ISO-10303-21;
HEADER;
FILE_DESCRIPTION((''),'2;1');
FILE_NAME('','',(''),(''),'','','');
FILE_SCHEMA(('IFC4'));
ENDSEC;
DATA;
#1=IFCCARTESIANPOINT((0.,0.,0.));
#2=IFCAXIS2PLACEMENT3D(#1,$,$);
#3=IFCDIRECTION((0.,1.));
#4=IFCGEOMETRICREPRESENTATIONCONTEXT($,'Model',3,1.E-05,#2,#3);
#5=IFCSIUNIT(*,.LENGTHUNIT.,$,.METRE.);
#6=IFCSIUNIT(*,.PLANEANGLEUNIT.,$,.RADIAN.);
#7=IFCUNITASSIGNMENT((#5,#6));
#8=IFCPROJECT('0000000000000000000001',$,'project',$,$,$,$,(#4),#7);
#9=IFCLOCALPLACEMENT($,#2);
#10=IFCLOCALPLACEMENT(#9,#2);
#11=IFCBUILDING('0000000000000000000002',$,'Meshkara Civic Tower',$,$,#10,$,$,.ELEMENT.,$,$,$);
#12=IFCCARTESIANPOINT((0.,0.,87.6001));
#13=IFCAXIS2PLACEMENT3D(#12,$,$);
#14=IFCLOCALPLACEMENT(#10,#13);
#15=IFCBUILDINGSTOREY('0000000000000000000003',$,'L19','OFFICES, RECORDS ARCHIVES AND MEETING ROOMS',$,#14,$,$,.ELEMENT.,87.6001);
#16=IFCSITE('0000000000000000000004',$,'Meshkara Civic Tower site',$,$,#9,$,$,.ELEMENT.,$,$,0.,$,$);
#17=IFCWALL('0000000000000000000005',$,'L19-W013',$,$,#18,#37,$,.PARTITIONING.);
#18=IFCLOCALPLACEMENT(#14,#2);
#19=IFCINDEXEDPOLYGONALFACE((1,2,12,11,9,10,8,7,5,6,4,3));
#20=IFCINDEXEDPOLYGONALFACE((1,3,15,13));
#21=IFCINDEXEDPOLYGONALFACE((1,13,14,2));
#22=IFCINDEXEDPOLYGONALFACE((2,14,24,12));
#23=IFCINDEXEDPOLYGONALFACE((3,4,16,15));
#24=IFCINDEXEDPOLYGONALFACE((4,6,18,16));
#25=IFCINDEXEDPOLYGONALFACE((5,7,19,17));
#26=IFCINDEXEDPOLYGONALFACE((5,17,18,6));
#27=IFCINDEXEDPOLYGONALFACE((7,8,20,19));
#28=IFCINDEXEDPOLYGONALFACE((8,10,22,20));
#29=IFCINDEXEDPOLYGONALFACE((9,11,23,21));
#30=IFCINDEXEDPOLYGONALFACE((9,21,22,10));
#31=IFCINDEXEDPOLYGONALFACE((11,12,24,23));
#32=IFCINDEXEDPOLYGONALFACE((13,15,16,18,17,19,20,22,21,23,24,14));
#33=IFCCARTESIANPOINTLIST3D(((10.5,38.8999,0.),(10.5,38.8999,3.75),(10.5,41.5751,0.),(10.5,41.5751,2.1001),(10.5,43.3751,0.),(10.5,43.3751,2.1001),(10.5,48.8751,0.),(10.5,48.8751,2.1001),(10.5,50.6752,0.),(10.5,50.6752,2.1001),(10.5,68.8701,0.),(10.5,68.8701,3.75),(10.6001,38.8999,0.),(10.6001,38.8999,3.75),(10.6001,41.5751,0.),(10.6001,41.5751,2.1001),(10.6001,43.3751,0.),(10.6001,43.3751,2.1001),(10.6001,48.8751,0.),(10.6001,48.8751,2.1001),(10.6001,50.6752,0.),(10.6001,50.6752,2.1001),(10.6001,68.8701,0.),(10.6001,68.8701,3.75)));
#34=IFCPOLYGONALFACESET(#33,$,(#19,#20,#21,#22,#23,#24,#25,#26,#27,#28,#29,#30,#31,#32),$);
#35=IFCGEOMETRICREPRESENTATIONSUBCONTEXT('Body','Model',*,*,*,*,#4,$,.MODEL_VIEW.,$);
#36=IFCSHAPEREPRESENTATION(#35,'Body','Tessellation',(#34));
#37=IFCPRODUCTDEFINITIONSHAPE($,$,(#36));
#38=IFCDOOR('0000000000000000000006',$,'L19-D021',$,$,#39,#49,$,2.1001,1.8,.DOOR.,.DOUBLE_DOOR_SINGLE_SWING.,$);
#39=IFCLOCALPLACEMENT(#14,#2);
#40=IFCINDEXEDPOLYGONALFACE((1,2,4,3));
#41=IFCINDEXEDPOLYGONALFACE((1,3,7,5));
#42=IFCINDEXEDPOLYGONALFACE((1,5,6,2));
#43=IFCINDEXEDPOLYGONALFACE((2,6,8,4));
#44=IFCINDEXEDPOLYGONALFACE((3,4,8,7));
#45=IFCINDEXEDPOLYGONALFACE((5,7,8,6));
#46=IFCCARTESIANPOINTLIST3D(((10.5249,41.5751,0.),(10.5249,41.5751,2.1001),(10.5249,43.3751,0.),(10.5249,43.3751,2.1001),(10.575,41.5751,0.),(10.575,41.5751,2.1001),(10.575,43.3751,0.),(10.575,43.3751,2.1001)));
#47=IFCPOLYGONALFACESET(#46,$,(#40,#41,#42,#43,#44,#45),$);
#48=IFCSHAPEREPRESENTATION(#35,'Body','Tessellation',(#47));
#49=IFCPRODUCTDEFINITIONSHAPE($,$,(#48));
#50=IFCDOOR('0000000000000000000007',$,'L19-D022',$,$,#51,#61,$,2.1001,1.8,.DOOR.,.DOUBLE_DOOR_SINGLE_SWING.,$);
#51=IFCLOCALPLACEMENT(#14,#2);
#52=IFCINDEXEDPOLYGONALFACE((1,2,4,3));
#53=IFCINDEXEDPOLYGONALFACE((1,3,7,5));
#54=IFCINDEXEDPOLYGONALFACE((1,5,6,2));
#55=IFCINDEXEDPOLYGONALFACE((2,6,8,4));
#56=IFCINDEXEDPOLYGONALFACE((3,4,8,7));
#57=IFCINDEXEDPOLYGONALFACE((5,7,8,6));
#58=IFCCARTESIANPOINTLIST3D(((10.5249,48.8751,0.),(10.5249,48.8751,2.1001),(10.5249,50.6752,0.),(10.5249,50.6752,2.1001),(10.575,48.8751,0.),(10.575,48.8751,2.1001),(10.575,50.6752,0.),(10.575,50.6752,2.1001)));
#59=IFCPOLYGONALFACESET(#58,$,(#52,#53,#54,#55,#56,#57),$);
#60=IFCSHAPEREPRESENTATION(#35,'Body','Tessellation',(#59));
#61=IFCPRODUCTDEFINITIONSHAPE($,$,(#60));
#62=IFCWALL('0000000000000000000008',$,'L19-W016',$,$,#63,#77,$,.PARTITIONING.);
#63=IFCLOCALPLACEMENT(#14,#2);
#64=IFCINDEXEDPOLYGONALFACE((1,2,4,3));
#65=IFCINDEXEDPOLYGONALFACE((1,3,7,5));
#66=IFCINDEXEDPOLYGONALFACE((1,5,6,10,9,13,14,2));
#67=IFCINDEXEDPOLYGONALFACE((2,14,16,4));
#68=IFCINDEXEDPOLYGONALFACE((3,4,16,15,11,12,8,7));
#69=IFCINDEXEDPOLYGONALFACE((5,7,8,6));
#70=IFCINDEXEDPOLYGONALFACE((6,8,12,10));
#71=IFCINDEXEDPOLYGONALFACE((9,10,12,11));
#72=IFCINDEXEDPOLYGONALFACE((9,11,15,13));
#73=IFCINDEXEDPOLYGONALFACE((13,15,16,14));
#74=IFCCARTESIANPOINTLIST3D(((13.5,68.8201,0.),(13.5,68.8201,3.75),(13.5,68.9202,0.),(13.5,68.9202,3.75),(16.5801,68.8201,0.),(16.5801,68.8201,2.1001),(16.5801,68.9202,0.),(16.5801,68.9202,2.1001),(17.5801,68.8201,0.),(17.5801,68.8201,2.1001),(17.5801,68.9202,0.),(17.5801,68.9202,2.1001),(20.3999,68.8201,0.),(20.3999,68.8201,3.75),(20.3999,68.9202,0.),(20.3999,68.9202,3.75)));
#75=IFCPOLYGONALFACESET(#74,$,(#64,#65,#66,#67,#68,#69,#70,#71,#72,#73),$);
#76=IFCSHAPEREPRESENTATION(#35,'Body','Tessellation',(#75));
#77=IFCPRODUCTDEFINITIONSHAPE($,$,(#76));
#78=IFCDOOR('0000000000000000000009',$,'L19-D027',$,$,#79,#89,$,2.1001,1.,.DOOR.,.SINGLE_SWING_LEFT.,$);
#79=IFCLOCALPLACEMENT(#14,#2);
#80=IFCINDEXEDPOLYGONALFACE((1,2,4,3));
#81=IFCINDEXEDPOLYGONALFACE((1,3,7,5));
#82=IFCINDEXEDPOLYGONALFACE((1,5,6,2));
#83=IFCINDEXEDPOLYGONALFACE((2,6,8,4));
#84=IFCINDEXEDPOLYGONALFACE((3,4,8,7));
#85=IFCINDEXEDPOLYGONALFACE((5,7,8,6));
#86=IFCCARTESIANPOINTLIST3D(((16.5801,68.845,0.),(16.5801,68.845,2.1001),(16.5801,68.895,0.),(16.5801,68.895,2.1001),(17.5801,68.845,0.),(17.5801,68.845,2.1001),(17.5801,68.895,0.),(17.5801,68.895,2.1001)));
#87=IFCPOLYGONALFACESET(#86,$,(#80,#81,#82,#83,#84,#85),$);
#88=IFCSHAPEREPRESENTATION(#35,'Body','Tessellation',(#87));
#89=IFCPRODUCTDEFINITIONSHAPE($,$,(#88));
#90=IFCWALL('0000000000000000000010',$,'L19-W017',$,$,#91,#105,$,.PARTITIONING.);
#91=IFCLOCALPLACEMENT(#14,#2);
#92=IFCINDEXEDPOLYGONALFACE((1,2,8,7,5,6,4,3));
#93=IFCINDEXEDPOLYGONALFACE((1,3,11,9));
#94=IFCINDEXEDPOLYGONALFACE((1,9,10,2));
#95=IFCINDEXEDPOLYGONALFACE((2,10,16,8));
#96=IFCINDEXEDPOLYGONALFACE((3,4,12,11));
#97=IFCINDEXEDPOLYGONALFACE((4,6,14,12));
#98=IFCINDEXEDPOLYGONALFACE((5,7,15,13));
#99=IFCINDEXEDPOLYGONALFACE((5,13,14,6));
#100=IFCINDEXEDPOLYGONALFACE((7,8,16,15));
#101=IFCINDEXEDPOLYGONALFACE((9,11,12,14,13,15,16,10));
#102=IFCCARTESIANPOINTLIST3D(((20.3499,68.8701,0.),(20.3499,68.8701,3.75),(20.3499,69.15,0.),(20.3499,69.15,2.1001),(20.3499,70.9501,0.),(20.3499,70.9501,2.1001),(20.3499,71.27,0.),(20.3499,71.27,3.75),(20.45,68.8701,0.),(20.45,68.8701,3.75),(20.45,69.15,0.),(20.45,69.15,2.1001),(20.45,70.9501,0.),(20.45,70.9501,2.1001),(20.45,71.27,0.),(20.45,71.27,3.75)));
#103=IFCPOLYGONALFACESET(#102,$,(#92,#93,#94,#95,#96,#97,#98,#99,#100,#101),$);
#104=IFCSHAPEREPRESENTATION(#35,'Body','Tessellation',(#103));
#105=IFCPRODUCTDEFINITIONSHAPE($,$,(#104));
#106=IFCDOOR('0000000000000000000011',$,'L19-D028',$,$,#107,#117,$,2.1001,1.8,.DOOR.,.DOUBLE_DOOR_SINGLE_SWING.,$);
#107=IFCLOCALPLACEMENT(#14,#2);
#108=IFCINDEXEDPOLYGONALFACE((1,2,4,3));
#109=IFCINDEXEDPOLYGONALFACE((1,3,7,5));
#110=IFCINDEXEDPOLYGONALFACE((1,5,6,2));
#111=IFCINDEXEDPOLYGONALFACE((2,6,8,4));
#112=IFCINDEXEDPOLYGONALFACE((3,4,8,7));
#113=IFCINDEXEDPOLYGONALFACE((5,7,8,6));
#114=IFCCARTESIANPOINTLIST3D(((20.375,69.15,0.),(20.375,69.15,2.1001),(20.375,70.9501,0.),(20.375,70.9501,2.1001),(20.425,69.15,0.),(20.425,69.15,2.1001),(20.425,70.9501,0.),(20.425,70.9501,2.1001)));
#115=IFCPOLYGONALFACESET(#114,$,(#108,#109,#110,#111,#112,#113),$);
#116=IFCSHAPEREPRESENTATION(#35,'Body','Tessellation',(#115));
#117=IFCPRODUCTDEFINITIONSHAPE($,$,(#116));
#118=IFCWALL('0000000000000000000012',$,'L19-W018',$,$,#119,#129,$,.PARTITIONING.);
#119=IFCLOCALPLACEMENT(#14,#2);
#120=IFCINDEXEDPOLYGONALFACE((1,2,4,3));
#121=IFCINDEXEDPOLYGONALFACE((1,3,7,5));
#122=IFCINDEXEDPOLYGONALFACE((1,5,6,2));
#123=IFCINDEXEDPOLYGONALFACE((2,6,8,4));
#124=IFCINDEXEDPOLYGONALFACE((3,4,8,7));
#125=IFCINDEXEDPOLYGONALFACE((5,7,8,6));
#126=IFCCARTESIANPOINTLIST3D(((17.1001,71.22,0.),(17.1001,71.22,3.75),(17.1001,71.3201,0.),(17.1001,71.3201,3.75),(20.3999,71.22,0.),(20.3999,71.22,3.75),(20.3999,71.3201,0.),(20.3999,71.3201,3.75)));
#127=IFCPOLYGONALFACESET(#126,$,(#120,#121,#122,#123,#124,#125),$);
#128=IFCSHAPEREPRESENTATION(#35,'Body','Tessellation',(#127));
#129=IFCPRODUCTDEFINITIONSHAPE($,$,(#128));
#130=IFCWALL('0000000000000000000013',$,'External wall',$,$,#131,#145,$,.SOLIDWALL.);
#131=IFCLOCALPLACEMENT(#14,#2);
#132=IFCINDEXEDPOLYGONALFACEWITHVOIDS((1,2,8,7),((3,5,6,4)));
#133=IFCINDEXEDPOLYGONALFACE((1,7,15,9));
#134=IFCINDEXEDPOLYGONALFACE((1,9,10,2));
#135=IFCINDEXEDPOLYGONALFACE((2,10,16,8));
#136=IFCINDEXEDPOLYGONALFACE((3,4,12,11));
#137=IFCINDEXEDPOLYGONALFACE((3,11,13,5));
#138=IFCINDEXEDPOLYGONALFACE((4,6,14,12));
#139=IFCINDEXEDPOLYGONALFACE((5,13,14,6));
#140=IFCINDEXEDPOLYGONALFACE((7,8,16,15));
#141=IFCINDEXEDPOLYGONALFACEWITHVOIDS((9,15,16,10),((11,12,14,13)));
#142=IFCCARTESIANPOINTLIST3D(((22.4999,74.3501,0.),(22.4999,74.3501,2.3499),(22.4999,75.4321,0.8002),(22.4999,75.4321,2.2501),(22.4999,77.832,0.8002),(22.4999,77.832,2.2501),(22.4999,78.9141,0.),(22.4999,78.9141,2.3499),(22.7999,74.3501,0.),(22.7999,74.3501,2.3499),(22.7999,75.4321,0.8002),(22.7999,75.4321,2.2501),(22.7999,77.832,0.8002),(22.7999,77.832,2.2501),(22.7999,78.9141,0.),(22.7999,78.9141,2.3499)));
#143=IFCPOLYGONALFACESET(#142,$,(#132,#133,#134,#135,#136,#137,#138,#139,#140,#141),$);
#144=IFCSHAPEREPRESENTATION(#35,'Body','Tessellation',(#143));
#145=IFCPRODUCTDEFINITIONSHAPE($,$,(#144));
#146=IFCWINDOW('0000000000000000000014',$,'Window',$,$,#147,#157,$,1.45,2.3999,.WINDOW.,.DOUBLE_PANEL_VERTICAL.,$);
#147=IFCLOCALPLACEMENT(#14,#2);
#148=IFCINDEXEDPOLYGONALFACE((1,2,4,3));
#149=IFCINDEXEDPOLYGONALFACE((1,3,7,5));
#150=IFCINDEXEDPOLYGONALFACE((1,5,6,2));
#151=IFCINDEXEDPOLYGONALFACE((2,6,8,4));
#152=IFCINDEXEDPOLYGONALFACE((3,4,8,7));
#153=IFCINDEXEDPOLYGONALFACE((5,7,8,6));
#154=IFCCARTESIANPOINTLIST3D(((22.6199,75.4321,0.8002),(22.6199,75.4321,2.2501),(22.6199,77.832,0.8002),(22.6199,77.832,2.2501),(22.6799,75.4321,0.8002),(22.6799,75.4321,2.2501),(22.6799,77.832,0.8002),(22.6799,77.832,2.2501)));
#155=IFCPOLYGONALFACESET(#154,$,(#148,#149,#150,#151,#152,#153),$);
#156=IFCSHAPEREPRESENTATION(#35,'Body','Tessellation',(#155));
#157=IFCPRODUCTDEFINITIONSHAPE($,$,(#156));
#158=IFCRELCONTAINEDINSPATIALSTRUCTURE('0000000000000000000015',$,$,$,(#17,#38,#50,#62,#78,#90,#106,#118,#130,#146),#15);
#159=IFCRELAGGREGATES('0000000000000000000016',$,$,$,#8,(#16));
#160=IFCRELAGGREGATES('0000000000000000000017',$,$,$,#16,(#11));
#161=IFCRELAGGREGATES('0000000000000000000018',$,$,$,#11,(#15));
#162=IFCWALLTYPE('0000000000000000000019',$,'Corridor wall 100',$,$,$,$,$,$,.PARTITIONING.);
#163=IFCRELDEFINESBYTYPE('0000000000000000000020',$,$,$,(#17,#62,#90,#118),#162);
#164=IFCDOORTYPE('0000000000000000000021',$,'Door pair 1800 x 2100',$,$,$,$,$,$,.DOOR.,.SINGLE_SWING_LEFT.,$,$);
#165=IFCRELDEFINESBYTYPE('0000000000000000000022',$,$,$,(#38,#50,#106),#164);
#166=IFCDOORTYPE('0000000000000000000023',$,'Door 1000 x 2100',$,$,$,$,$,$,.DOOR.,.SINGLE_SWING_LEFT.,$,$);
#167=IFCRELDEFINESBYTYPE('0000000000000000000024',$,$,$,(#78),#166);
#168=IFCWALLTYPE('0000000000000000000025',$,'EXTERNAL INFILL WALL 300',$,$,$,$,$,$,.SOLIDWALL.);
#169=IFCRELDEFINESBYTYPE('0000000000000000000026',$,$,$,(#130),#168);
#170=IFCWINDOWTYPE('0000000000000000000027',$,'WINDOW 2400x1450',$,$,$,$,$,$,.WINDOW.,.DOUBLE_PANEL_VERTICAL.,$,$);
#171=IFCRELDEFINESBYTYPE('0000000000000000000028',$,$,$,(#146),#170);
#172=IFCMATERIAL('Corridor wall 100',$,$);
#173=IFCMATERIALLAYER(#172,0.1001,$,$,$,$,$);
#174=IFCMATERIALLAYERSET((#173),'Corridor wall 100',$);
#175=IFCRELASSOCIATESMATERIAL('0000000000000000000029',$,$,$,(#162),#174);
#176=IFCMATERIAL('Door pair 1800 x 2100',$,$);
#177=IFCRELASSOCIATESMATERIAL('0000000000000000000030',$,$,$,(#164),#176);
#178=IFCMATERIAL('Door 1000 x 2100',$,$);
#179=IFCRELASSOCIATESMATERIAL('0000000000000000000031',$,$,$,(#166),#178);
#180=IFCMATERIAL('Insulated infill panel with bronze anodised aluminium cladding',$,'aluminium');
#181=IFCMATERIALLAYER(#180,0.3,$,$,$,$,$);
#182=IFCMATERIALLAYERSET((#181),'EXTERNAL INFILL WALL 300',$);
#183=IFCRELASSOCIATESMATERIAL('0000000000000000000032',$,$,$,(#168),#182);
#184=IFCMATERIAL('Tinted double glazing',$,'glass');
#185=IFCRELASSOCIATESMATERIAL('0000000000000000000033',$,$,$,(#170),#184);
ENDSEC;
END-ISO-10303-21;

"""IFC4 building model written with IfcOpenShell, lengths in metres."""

from ifc_helpers import new_model, si_unit, direction, frame, frame_2d, origin, place, context, subcontext, project, spatial, rectangle, extrude, material, layer, layer_set, type_object, element, fill, save


model = new_model("IFC4")

# Units and contexts
model_context = context("Model", 3, precision=1e-05, world=origin(), true_north=direction((0.0, 1.0)))
body_context = subcontext(model_context, "Body", "Model", "MODEL_VIEW")
ifc_project = project(units=[si_unit("LENGTHUNIT", "METRE"), si_unit("PLANEANGLEUNIT", "RADIAN")], contexts=[model_context])

# Site, building, storey
site_placement = place(None, origin())
site = spatial("IfcSite", under=ifc_project, at=site_placement, Name="Meshkara Civic Tower site", CompositionType="ELEMENT", RefElevation=0.0)
building_placement = place(site_placement, origin())
building = spatial("IfcBuilding", under=site, at=building_placement, Name="Meshkara Civic Tower", CompositionType="ELEMENT")
storey_placement = place(building_placement, frame((0.0, 0.0, 87.6001)))
storey = spatial("IfcBuildingStorey", under=building, at=storey_placement, Name="L19", Description="OFFICES, RECORDS ARCHIVES AND MEETING ROOMS", CompositionType="ELEMENT", Elevation=87.6001)

# Wall, openings, doors
ifc_material_1 = material(Name="Corridor wall 100")
ifc_layer_1 = layer(ifc_material_1, 0.1001)
ifc_layer_set_1 = layer_set([ifc_layer_1], Name="Corridor wall 100")
wall_type_1 = type_object("IfcWallType", Name="Corridor wall 100", PredefinedType="PARTITIONING", material=ifc_layer_set_1)
wall_1_placement = place(storey_placement, frame((10.55, 68.8701, 0.0), z_axis=(0.0, 0.0, 1.0), x_axis=(0.0, -1.0, 0.0)))
wall_1 = element("IfcWall", 1, at=wall_1_placement, inside=storey, type_object=wall_type_1, Name="L19-W013", PredefinedType="PARTITIONING", context=body_context, shape_type="SweptSolid", body=[
    extrude(rectangle(XDim=29.9702, YDim=0.1001, at=frame_2d((14.9851, 0.0))), origin(), (0.0, 0.0, 1.0), 3.75),
])
opening_1_placement = place(wall_1_placement, frame((25.4951, 0.0, 0.0)))
opening_1 = element("IfcOpeningElement", 2, at=opening_1_placement, cuts=wall_1, PredefinedType="OPENING", context=body_context, shape_type="SweptSolid", body=[
    extrude(rectangle(XDim=1.8, YDim=2.1001, at=frame_2d((0.8999, 1.05))), frame((0.0, 0.0601, 0.0), z_axis=(0.0, -1.0, 0.0), x_axis=(1.0, 0.0, 0.0)), (0.0, 0.0, 1.0), 0.1201),
])
opening_2_placement = place(wall_1_placement, frame((18.1951, 0.0, 0.0)))
opening_2 = element("IfcOpeningElement", 3, at=opening_2_placement, cuts=wall_1, PredefinedType="OPENING", context=body_context, shape_type="SweptSolid", body=[
    extrude(rectangle(XDim=1.8, YDim=2.1001, at=frame_2d((0.8999, 1.05))), frame((0.0, 0.0601, 0.0), z_axis=(0.0, -1.0, 0.0), x_axis=(1.0, 0.0, 0.0)), (0.0, 0.0, 1.0), 0.1201),
])
ifc_material_2 = material(Name="Door pair 1800 x 2100")
door_type_1 = type_object("IfcDoorType", Name="Door pair 1800 x 2100", OperationType="SINGLE_SWING_LEFT", PredefinedType="DOOR", material=ifc_material_2)
door_1_placement = place(opening_1_placement, origin())
door_1 = element("IfcDoor", 4, at=door_1_placement, inside=storey, type_object=door_type_1, Name="L19-D021", OperationType="DOUBLE_DOOR_SINGLE_SWING", OverallHeight=2.1001, OverallWidth=1.8, PredefinedType="DOOR", context=body_context, shape_type="SweptSolid", body=[
    extrude(rectangle(XDim=1.8, YDim=2.1001, at=frame_2d((0.8999, 1.05))), frame((0.0, 0.0249, 0.0), z_axis=(0.0, -1.0, 0.0), x_axis=(1.0, 0.0, 0.0)), (0.0, 0.0, 1.0), 0.05),
])
fill(opening_1, door_1)
door_2_placement = place(opening_2_placement, origin())
door_2 = element("IfcDoor", 5, at=door_2_placement, inside=storey, type_object=door_type_1, Name="L19-D022", OperationType="DOUBLE_DOOR_SINGLE_SWING", OverallHeight=2.1001, OverallWidth=1.8, PredefinedType="DOOR", context=body_context, shape_type="SweptSolid", body=[
    extrude(rectangle(XDim=1.8, YDim=2.1001, at=frame_2d((0.8999, 1.05))), frame((0.0, 0.0249, 0.0), z_axis=(0.0, -1.0, 0.0), x_axis=(1.0, 0.0, 0.0)), (0.0, 0.0, 1.0), 0.05),
])
fill(opening_2, door_2)

# Walls, openings, doors
wall_2_placement = place(storey_placement, frame((13.5, 68.8701, 0.0), z_axis=(0.0, 0.0, 1.0), x_axis=(1.0, 0.0, 0.0)))
wall_2 = element("IfcWall", 6, at=wall_2_placement, inside=storey, type_object=wall_type_1, Name="L19-W016", PredefinedType="PARTITIONING", context=body_context, shape_type="SweptSolid", body=[
    extrude(rectangle(XDim=6.8999, YDim=0.1001, at=frame_2d((3.45, 0.0))), origin(), (0.0, 0.0, 1.0), 3.75),
])
opening_3_placement = place(wall_2_placement, frame((3.0801, 0.0, 0.0)))
opening_3 = element("IfcOpeningElement", 7, at=opening_3_placement, cuts=wall_2, PredefinedType="OPENING", context=body_context, shape_type="SweptSolid", body=[
    extrude(rectangle(XDim=1.0, YDim=2.1001, at=frame_2d((0.5, 1.05))), frame((0.0, 0.0601, 0.0), z_axis=(0.0, -1.0, 0.0), x_axis=(1.0, 0.0, 0.0)), (0.0, 0.0, 1.0), 0.1201),
])
ifc_material_3 = material(Name="Door 1000 x 2100")
door_type_2 = type_object("IfcDoorType", Name="Door 1000 x 2100", OperationType="SINGLE_SWING_LEFT", PredefinedType="DOOR", material=ifc_material_3)
door_3_placement = place(opening_3_placement, origin())
door_3 = element("IfcDoor", 8, at=door_3_placement, inside=storey, type_object=door_type_2, Name="L19-D027", OperationType="SINGLE_SWING_LEFT", OverallHeight=2.1001, OverallWidth=1.0, PredefinedType="DOOR", context=body_context, shape_type="SweptSolid", body=[
    extrude(rectangle(XDim=1.0, YDim=2.1001, at=frame_2d((0.5, 1.05))), frame((0.0, 0.0249, 0.0), z_axis=(0.0, -1.0, 0.0), x_axis=(1.0, 0.0, 0.0)), (0.0, 0.0, 1.0), 0.05),
])
fill(opening_3, door_3)
wall_3_placement = place(storey_placement, frame((20.3999, 68.8701, 0.0), z_axis=(0.0, 0.0, 1.0), x_axis=(0.0, 1.0, 0.0)))
wall_3 = element("IfcWall", 9, at=wall_3_placement, inside=storey, type_object=wall_type_1, Name="L19-W017", PredefinedType="PARTITIONING", context=body_context, shape_type="SweptSolid", body=[
    extrude(rectangle(XDim=2.3999, YDim=0.1001, at=frame_2d((1.2, 0.0))), origin(), (0.0, 0.0, 1.0), 3.75),
])
opening_4_placement = place(wall_3_placement, frame((0.28, 0.0, 0.0)))
opening_4 = element("IfcOpeningElement", 10, at=opening_4_placement, cuts=wall_3, PredefinedType="OPENING", context=body_context, shape_type="SweptSolid", body=[
    extrude(rectangle(XDim=1.8, YDim=2.1001, at=frame_2d((0.8999, 1.05))), frame((0.0, 0.0601, 0.0), z_axis=(0.0, -1.0, 0.0), x_axis=(1.0, 0.0, 0.0)), (0.0, 0.0, 1.0), 0.1201),
])
door_4_placement = place(opening_4_placement, origin())
door_4 = element("IfcDoor", 11, at=door_4_placement, inside=storey, type_object=door_type_1, Name="L19-D028", OperationType="DOUBLE_DOOR_SINGLE_SWING", OverallHeight=2.1001, OverallWidth=1.8, PredefinedType="DOOR", context=body_context, shape_type="SweptSolid", body=[
    extrude(rectangle(XDim=1.8, YDim=2.1001, at=frame_2d((0.8999, 1.05))), frame((0.0, 0.0249, 0.0), z_axis=(0.0, -1.0, 0.0), x_axis=(1.0, 0.0, 0.0)), (0.0, 0.0, 1.0), 0.05),
])
fill(opening_4, door_4)

# Wall
wall_4_placement = place(storey_placement, frame((20.3999, 71.27, 0.0), z_axis=(0.0, 0.0, 1.0), x_axis=(-1.0, 0.0, 0.0)))
element("IfcWall", 12, at=wall_4_placement, inside=storey, type_object=wall_type_1, Name="L19-W018", PredefinedType="PARTITIONING", context=body_context, shape_type="SweptSolid", body=[
    extrude(rectangle(XDim=3.2998, YDim=0.1001, at=frame_2d((1.6499, 0.0))), origin(), (0.0, 0.0, 1.0), 3.75),
])

# Wall, opening, window
ifc_material_4 = material(Name="Insulated infill panel with bronze anodised aluminium cladding", Category="aluminium")
ifc_layer_2 = layer(ifc_material_4, 0.3)
ifc_layer_set_2 = layer_set([ifc_layer_2], Name="EXTERNAL INFILL WALL 300")
wall_type_2 = type_object("IfcWallType", Name="EXTERNAL INFILL WALL 300", PredefinedType="SOLIDWALL", material=ifc_layer_set_2)
wall_5_placement = place(storey_placement, frame((22.6499, 74.3501, 0.0), z_axis=(0.0, 0.0, 1.0), x_axis=(0.0, 1.0, 0.0)))
wall_5 = element("IfcWall", 13, at=wall_5_placement, inside=storey, type_object=wall_type_2, Name="External wall", PredefinedType="SOLIDWALL", context=body_context, shape_type="SweptSolid", body=[
    extrude(rectangle(XDim=4.564, YDim=0.3, at=frame_2d((2.282, 0.0))), origin(), (0.0, 0.0, 1.0), 2.3499),
])
opening_5_placement = place(wall_5_placement, frame((1.082, 0.0, 0.8)))
opening_5 = element("IfcOpeningElement", 14, at=opening_5_placement, cuts=wall_5, PredefinedType="OPENING", context=body_context, shape_type="SweptSolid", body=[
    extrude(rectangle(XDim=2.3999, YDim=1.45, at=frame_2d((1.2, 0.7251))), frame((0.0, 0.1599, 0.0), z_axis=(0.0, -1.0, 0.0), x_axis=(1.0, 0.0, 0.0)), (0.0, 0.0, 1.0), 0.3201),
])
ifc_material_5 = material(Name="Tinted double glazing", Category="glass")
window_type_1 = type_object("IfcWindowType", Name="WINDOW 2400x1450", PartitioningType="DOUBLE_PANEL_VERTICAL", PredefinedType="WINDOW", material=ifc_material_5)
window_1_placement = place(opening_5_placement, origin())
window_1 = element("IfcWindow", 15, at=window_1_placement, inside=storey, type_object=window_type_1, Name="Window", OverallHeight=1.45, OverallWidth=2.3999, PartitioningType="DOUBLE_PANEL_VERTICAL", PredefinedType="WINDOW", context=body_context, shape_type="SweptSolid", body=[
    extrude(rectangle(XDim=2.3999, YDim=1.45, at=frame_2d((1.2, 0.7251))), frame((0.0, 0.03, 0.0), z_axis=(0.0, -1.0, 0.0), x_axis=(1.0, 0.0, 0.0)), (0.0, 0.0, 1.0), 0.0601),
])
fill(opening_5, window_1)

save(model, "model.ifc")
